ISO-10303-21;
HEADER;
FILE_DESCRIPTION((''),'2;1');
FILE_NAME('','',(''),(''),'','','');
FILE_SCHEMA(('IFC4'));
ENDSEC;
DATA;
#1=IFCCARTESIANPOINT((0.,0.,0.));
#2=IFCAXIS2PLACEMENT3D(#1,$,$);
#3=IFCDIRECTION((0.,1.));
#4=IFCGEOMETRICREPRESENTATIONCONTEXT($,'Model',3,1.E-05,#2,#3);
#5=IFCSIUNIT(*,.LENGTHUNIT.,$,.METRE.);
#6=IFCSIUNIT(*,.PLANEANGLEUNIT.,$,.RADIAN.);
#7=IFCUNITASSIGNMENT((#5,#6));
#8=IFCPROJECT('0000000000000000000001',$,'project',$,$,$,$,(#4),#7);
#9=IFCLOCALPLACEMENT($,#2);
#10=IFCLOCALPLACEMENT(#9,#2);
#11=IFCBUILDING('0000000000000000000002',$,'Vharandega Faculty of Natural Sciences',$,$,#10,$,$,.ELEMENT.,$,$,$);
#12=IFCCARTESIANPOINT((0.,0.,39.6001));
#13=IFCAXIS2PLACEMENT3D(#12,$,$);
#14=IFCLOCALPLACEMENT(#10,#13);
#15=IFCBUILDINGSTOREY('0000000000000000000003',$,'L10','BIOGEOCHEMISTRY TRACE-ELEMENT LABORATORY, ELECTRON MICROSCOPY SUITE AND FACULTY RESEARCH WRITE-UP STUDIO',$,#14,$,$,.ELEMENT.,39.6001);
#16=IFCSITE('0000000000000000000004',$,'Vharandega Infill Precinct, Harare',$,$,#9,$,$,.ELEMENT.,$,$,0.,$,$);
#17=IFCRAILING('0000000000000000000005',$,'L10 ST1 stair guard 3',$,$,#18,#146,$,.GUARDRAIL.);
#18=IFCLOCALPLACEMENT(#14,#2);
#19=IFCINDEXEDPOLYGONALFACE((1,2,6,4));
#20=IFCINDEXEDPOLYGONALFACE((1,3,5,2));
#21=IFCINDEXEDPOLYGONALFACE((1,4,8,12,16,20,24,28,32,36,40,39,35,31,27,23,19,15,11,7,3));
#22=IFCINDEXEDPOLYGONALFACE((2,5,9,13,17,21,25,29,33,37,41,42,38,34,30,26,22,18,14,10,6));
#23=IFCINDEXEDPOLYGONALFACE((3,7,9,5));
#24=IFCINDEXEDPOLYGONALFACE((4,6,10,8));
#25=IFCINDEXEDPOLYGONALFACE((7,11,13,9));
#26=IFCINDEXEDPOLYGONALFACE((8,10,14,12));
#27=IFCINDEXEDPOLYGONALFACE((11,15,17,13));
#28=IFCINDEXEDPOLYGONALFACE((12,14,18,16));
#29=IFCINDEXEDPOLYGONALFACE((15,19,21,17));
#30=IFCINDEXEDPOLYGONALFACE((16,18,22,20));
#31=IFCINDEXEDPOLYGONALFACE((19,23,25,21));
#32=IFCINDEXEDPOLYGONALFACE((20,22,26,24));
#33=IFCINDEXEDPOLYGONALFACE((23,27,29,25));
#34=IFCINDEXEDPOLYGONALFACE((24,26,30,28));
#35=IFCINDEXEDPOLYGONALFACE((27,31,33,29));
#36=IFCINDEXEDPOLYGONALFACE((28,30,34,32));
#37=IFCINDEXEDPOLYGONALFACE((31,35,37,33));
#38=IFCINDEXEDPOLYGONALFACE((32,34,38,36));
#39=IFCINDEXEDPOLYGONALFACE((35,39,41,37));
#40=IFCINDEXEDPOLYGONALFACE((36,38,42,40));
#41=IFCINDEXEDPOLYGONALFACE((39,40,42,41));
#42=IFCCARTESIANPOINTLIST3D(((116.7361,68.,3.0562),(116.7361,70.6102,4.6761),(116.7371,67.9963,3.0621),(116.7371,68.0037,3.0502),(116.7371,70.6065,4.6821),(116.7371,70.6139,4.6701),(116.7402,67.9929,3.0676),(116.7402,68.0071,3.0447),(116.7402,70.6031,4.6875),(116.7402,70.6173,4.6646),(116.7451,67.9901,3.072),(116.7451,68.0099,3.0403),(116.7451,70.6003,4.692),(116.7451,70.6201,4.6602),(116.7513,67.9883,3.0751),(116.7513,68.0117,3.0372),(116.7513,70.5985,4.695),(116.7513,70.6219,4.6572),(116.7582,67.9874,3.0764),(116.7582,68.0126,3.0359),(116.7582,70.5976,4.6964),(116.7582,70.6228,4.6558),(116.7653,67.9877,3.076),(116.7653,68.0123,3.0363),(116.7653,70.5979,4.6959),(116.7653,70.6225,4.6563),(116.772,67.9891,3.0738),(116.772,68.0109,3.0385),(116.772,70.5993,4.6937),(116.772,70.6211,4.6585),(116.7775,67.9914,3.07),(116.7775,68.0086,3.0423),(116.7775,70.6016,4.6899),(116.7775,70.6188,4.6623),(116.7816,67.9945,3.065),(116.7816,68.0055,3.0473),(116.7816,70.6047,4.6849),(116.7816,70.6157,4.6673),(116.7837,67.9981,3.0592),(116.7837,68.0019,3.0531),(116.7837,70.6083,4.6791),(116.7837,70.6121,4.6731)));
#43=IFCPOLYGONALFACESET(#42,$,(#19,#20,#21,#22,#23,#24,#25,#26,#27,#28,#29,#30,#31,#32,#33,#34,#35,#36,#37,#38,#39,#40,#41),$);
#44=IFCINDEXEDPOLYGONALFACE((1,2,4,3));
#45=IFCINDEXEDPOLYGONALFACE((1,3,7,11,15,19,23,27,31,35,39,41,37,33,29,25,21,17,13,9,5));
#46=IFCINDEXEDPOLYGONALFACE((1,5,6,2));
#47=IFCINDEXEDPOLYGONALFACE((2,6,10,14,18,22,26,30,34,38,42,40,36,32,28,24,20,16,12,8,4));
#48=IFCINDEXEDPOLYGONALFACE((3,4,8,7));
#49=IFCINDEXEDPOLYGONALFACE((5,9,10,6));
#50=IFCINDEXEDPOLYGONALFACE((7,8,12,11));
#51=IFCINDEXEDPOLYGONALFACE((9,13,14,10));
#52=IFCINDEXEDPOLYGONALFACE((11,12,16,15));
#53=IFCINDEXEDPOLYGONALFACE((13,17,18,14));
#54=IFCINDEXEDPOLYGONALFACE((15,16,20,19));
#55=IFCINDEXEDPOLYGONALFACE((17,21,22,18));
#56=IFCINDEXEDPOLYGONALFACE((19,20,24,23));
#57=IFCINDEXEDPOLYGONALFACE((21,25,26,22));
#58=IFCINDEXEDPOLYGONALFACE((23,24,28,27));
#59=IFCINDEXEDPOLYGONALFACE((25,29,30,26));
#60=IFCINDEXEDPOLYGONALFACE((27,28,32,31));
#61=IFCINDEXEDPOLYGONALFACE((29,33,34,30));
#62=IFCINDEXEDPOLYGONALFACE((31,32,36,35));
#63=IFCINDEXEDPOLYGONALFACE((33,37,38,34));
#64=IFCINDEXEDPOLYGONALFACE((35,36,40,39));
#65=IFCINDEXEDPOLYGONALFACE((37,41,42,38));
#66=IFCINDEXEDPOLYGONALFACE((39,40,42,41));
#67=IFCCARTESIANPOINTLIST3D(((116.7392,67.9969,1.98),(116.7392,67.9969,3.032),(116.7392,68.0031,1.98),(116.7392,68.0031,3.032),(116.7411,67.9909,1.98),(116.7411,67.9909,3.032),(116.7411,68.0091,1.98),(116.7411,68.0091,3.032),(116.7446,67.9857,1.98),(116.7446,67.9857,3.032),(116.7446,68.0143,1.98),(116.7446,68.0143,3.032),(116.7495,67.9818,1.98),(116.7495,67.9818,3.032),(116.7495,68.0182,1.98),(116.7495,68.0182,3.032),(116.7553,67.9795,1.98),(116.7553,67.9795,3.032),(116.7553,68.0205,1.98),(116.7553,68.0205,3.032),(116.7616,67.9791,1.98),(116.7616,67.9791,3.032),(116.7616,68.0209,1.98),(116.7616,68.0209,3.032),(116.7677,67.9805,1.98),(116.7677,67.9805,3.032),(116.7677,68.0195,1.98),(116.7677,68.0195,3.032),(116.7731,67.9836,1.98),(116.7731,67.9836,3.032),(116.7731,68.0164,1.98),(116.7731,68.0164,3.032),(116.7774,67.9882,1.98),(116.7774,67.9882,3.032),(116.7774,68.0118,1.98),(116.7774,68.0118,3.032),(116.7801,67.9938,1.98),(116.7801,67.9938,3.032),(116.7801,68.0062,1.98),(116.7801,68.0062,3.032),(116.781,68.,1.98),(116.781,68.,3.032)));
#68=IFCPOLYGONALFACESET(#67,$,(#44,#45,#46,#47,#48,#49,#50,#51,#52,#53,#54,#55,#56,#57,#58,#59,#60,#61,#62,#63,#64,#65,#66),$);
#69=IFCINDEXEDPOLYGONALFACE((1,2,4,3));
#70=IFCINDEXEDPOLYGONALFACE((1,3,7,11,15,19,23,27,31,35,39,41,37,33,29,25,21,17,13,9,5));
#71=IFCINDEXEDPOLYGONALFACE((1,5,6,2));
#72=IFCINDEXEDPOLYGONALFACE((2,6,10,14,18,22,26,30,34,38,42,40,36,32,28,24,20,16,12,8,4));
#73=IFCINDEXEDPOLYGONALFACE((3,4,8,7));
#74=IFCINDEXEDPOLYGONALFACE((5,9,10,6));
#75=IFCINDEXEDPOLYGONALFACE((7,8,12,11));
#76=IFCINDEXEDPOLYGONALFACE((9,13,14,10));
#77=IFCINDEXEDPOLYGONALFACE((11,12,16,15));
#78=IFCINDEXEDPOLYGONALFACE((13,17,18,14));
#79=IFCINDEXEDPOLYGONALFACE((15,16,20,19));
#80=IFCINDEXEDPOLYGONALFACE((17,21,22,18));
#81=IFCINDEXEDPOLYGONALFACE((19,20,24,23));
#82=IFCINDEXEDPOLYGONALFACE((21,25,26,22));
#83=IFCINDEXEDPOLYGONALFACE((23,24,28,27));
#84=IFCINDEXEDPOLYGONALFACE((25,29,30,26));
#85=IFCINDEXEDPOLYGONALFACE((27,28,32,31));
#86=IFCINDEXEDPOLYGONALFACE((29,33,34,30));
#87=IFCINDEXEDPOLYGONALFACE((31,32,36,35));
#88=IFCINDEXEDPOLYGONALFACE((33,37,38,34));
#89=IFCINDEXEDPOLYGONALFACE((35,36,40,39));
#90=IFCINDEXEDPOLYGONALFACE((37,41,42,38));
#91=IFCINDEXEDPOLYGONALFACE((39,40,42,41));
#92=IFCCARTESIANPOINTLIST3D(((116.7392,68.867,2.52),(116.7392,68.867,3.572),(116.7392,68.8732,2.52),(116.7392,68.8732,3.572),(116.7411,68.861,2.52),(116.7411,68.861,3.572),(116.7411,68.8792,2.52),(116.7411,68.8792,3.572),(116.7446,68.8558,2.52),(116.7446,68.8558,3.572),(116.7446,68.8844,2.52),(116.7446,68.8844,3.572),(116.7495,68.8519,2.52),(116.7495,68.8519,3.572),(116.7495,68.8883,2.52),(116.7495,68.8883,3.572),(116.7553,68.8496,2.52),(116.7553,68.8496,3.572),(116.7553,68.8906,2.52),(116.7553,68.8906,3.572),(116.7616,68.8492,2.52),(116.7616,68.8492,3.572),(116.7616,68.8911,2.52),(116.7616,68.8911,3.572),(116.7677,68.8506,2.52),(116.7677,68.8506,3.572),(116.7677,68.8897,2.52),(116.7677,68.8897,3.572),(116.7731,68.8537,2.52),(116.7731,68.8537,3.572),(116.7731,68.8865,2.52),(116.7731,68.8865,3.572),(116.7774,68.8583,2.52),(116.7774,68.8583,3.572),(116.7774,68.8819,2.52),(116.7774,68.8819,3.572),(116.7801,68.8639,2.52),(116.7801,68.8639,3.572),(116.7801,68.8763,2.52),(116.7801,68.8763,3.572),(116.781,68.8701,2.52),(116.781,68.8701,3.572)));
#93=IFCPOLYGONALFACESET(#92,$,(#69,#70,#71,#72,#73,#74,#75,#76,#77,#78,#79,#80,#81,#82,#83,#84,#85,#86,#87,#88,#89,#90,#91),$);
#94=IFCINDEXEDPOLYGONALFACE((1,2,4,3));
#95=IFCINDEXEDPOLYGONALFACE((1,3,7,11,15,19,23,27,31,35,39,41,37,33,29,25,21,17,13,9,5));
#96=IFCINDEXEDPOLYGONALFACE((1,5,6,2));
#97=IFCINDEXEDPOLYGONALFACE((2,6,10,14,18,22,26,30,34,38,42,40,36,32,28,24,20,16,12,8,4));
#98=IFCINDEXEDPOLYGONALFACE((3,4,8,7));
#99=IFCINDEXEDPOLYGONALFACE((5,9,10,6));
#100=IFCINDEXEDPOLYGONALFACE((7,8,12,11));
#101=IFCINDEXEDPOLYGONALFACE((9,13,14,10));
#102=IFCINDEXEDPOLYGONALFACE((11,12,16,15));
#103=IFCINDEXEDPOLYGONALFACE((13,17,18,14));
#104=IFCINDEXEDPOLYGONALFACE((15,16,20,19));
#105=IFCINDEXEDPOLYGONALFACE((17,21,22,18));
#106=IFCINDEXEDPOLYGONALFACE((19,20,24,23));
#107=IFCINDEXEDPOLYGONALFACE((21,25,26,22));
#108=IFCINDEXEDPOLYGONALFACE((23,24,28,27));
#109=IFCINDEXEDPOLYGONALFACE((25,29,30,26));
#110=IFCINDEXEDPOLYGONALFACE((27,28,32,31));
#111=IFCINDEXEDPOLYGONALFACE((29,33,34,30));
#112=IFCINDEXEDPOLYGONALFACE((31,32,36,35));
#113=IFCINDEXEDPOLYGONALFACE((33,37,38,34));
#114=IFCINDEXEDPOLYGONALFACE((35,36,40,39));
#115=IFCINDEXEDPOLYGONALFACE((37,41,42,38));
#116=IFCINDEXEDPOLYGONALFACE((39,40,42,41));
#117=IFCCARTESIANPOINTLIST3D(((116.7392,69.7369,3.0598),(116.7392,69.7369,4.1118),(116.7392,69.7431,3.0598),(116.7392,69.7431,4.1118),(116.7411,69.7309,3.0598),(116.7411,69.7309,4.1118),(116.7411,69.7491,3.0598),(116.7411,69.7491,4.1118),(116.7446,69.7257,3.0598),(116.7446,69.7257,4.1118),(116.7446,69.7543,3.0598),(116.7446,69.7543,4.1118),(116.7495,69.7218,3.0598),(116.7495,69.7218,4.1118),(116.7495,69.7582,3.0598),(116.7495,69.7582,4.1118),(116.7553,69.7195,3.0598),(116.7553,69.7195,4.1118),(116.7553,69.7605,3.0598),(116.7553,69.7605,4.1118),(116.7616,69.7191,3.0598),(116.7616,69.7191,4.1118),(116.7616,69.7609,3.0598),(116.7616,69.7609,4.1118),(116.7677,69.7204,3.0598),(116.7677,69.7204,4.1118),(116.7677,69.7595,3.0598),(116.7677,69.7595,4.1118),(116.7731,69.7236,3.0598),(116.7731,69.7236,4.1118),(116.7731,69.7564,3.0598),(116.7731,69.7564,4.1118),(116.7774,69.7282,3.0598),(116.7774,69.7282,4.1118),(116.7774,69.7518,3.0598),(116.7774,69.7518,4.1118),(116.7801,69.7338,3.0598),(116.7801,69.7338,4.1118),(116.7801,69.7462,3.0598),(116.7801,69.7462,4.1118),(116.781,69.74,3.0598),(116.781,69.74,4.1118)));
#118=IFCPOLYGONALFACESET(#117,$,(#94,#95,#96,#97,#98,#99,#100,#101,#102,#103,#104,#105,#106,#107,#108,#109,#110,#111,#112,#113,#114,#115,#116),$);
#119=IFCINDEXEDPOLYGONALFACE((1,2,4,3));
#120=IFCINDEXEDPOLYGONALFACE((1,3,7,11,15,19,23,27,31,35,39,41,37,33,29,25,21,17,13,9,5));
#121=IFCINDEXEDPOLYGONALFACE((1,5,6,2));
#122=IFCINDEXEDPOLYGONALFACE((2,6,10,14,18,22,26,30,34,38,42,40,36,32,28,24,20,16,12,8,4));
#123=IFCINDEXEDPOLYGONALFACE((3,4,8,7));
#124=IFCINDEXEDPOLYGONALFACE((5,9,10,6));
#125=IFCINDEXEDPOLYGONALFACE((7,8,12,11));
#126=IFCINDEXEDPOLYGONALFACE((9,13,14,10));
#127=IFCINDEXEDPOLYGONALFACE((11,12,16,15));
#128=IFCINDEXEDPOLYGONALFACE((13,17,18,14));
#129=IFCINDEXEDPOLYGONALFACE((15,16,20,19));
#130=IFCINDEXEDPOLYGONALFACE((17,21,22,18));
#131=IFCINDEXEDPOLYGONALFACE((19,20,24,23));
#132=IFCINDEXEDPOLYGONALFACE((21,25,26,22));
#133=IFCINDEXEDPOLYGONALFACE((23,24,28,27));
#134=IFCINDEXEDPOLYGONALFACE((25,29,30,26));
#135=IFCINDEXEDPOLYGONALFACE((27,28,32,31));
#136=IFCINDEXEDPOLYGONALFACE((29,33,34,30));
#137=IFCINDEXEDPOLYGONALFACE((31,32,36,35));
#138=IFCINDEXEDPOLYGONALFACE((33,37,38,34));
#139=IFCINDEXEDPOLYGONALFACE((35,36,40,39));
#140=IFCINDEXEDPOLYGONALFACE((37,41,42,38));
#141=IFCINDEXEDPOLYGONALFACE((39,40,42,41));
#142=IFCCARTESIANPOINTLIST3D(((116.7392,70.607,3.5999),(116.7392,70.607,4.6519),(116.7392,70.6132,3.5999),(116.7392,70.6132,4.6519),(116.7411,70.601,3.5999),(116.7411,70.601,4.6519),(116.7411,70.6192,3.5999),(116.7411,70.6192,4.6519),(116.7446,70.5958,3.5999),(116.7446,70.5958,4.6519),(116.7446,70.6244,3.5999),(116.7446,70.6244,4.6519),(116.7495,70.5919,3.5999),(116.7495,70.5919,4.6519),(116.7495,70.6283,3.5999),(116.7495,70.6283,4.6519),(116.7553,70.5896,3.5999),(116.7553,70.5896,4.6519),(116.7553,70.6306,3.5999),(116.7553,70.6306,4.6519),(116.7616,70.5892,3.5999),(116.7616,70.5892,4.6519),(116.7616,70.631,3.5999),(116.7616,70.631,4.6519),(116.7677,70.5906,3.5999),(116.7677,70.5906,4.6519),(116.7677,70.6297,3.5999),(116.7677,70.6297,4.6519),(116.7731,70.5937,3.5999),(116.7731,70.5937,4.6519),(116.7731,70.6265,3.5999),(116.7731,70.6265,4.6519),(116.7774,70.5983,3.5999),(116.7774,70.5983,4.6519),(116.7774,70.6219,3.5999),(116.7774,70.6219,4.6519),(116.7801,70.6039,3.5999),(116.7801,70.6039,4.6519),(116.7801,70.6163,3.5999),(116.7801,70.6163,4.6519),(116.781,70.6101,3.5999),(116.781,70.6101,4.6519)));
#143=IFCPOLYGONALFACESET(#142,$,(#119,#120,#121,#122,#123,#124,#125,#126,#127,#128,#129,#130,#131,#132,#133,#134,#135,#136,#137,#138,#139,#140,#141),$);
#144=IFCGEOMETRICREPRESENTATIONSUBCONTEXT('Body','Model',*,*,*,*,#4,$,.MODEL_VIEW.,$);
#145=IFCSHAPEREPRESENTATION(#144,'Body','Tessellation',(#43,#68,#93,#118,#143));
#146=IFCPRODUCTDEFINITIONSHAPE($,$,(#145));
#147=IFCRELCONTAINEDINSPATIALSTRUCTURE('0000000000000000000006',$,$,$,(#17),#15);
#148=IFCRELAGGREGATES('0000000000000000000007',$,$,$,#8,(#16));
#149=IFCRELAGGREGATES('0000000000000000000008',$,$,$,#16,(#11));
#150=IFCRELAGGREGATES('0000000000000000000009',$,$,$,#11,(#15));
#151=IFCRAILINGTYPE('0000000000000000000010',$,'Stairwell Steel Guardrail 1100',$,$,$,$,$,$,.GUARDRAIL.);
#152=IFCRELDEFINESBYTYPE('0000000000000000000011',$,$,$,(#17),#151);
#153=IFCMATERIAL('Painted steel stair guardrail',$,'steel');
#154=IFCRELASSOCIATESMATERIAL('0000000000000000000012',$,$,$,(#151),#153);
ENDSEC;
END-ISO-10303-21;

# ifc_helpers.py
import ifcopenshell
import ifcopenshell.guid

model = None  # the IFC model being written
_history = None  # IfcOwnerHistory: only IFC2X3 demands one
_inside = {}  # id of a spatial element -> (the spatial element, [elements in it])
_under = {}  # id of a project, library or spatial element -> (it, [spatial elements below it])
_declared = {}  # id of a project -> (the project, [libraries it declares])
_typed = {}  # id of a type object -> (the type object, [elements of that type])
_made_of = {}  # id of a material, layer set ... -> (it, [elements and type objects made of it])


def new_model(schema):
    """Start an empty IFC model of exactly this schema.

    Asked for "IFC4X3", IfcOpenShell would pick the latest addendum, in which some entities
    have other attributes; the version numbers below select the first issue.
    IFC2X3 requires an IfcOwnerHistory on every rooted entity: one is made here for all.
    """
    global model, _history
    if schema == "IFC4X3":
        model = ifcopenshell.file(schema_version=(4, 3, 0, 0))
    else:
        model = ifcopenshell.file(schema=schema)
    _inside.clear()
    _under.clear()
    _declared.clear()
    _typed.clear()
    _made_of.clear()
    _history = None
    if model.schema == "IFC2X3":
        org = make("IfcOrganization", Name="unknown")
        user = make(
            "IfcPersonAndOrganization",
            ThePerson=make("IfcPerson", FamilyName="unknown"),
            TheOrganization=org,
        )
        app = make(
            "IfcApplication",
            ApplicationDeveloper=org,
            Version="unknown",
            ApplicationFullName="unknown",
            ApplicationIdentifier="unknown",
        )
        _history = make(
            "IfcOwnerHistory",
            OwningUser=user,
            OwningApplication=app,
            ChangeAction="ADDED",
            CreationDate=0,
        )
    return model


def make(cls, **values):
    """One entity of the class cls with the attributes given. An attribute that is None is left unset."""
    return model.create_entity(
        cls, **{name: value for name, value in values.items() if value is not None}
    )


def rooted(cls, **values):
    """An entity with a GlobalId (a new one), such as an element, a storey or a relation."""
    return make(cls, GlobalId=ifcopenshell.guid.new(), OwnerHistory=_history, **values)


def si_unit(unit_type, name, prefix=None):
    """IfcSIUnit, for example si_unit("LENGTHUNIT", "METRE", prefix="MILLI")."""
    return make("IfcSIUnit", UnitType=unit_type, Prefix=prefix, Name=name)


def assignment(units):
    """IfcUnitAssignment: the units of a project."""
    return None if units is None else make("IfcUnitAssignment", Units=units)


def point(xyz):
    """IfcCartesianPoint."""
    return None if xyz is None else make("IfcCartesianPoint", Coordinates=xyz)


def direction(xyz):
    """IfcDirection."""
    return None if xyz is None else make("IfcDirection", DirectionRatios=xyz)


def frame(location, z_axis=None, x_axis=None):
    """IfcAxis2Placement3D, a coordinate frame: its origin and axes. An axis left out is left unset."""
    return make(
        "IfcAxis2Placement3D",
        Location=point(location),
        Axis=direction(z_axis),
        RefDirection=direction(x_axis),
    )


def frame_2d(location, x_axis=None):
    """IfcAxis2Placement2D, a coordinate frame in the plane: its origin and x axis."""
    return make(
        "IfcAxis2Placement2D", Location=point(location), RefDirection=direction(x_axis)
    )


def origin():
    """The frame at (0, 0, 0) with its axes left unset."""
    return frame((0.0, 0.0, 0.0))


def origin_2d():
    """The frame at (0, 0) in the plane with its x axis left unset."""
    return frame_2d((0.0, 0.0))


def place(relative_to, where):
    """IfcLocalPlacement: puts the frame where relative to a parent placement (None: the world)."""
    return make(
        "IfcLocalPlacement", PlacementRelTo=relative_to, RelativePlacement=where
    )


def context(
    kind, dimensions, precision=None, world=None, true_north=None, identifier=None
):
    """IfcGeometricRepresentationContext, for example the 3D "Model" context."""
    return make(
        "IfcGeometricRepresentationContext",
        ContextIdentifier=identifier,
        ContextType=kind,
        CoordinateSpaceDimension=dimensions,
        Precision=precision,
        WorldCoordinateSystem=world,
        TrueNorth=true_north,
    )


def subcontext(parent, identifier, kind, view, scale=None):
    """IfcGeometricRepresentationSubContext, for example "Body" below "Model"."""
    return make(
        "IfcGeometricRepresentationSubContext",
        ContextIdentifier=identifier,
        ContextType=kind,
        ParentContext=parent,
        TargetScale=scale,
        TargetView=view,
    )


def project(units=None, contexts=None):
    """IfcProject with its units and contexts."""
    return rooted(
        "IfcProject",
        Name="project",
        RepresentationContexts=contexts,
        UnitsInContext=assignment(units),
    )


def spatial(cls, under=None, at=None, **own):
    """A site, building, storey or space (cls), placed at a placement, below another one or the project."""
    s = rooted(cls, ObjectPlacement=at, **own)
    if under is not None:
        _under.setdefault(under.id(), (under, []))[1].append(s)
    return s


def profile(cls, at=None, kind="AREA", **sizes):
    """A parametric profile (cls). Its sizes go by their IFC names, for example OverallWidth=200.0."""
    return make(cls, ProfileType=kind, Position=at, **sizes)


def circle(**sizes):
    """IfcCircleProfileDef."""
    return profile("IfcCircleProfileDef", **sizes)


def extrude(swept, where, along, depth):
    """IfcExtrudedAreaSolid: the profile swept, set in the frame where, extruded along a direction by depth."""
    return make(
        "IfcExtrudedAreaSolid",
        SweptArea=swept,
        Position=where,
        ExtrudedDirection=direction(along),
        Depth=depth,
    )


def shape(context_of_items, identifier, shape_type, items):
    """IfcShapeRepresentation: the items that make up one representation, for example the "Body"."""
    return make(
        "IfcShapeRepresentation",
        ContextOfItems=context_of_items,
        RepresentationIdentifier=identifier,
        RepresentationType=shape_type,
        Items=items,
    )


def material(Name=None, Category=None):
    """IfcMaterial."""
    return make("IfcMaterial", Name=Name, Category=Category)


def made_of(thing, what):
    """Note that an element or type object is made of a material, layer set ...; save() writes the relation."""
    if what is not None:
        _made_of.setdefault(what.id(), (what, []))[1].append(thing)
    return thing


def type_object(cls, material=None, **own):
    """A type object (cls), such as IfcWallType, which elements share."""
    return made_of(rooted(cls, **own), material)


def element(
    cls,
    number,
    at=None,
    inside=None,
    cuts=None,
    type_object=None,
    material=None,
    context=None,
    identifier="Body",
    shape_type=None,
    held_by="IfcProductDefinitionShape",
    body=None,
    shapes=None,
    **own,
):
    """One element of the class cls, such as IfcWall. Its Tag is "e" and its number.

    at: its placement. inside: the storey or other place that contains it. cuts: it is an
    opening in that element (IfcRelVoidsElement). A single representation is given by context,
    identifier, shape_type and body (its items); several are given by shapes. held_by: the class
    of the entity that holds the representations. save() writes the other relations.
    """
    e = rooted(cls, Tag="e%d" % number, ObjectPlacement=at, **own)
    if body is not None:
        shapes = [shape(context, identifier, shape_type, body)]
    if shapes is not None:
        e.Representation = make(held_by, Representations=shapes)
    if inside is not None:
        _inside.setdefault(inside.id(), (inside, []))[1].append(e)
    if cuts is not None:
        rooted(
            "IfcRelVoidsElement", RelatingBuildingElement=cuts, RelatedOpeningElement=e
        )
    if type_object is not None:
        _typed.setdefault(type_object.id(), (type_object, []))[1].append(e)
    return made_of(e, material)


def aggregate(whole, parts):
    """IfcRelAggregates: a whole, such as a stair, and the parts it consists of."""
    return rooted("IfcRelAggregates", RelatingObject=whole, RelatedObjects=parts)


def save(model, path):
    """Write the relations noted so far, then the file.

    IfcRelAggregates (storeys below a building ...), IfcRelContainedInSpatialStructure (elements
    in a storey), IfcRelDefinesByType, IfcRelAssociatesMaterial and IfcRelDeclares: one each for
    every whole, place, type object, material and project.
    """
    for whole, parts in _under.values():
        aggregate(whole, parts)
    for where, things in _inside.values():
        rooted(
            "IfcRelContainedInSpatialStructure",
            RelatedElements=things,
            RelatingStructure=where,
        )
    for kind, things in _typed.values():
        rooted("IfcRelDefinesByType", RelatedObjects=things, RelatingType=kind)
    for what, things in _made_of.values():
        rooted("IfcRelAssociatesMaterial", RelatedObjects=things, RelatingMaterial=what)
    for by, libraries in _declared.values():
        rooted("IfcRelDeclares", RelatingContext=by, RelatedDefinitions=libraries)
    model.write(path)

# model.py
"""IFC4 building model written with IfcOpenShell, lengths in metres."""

from ifc_helpers import new_model, si_unit, direction, frame, origin, origin_2d, place, context, subcontext, project, spatial, circle, extrude, material, type_object, element, save


model = new_model("IFC4")

# Units and contexts
model_context = context("Model", 3, precision=1e-05, world=origin(), true_north=direction((0.0, 1.0)))
body_context = subcontext(model_context, "Body", "Model", "MODEL_VIEW")
ifc_project = project(units=[si_unit("LENGTHUNIT", "METRE"), si_unit("PLANEANGLEUNIT", "RADIAN")], contexts=[model_context])

# Site, building, storey
site_placement = place(None, origin())
site = spatial("IfcSite", under=ifc_project, at=site_placement, Name="Vharandega Infill Precinct, Harare", CompositionType="ELEMENT", RefElevation=0.0)
building_placement = place(site_placement, origin())
building = spatial("IfcBuilding", under=site, at=building_placement, Name="Vharandega Faculty of Natural Sciences", CompositionType="ELEMENT")
storey_placement = place(building_placement, frame((0.0, 0.0, 39.6001)))
storey = spatial("IfcBuildingStorey", under=building, at=storey_placement, Name="L10", Description="BIOGEOCHEMISTRY TRACE-ELEMENT LABORATORY, ELECTRON MICROSCOPY SUITE AND FACULTY RESEARCH WRITE-UP STUDIO", CompositionType="ELEMENT", Elevation=39.6001)

# Railing
ifc_material_1 = material(Name="Painted steel stair guardrail", Category="steel")
railing_type_1 = type_object("IfcRailingType", Name="Stairwell Steel Guardrail 1100", PredefinedType="GUARDRAIL", material=ifc_material_1)
railing_1_placement = place(storey_placement, frame((116.76, 68.0, 1.98)))
element("IfcRailing", 1, at=railing_1_placement, inside=storey, type_object=railing_type_1, Name="L10 ST1 stair guard 3", PredefinedType="GUARDRAIL", context=body_context, shape_type="SweptSolid", body=[
    extrude(circle(Radius=0.0239, at=origin_2d()), frame((0.0, 0.0, 1.0762), z_axis=(0.0, 0.849668, 0.527317), x_axis=(-1.0, 0.0, 0.0)), (0.0, 0.0, 1.0), 3.072),
    extrude(circle(Radius=0.021, at=origin_2d()), origin(), (0.0, 0.0, 1.0), 1.052),
    extrude(circle(Radius=0.021, at=origin_2d()), frame((0.0, 0.8701, 0.54)), (0.0, 0.0, 1.0), 1.052),
    extrude(circle(Radius=0.021, at=origin_2d()), frame((0.0, 1.74, 1.0798)), (0.0, 0.0, 1.0), 1.052),
    extrude(circle(Radius=0.021, at=origin_2d()), frame((0.0, 2.6101, 1.6199)), (0.0, 0.0, 1.0), 1.052),
])

save(model, "model.ifc")
